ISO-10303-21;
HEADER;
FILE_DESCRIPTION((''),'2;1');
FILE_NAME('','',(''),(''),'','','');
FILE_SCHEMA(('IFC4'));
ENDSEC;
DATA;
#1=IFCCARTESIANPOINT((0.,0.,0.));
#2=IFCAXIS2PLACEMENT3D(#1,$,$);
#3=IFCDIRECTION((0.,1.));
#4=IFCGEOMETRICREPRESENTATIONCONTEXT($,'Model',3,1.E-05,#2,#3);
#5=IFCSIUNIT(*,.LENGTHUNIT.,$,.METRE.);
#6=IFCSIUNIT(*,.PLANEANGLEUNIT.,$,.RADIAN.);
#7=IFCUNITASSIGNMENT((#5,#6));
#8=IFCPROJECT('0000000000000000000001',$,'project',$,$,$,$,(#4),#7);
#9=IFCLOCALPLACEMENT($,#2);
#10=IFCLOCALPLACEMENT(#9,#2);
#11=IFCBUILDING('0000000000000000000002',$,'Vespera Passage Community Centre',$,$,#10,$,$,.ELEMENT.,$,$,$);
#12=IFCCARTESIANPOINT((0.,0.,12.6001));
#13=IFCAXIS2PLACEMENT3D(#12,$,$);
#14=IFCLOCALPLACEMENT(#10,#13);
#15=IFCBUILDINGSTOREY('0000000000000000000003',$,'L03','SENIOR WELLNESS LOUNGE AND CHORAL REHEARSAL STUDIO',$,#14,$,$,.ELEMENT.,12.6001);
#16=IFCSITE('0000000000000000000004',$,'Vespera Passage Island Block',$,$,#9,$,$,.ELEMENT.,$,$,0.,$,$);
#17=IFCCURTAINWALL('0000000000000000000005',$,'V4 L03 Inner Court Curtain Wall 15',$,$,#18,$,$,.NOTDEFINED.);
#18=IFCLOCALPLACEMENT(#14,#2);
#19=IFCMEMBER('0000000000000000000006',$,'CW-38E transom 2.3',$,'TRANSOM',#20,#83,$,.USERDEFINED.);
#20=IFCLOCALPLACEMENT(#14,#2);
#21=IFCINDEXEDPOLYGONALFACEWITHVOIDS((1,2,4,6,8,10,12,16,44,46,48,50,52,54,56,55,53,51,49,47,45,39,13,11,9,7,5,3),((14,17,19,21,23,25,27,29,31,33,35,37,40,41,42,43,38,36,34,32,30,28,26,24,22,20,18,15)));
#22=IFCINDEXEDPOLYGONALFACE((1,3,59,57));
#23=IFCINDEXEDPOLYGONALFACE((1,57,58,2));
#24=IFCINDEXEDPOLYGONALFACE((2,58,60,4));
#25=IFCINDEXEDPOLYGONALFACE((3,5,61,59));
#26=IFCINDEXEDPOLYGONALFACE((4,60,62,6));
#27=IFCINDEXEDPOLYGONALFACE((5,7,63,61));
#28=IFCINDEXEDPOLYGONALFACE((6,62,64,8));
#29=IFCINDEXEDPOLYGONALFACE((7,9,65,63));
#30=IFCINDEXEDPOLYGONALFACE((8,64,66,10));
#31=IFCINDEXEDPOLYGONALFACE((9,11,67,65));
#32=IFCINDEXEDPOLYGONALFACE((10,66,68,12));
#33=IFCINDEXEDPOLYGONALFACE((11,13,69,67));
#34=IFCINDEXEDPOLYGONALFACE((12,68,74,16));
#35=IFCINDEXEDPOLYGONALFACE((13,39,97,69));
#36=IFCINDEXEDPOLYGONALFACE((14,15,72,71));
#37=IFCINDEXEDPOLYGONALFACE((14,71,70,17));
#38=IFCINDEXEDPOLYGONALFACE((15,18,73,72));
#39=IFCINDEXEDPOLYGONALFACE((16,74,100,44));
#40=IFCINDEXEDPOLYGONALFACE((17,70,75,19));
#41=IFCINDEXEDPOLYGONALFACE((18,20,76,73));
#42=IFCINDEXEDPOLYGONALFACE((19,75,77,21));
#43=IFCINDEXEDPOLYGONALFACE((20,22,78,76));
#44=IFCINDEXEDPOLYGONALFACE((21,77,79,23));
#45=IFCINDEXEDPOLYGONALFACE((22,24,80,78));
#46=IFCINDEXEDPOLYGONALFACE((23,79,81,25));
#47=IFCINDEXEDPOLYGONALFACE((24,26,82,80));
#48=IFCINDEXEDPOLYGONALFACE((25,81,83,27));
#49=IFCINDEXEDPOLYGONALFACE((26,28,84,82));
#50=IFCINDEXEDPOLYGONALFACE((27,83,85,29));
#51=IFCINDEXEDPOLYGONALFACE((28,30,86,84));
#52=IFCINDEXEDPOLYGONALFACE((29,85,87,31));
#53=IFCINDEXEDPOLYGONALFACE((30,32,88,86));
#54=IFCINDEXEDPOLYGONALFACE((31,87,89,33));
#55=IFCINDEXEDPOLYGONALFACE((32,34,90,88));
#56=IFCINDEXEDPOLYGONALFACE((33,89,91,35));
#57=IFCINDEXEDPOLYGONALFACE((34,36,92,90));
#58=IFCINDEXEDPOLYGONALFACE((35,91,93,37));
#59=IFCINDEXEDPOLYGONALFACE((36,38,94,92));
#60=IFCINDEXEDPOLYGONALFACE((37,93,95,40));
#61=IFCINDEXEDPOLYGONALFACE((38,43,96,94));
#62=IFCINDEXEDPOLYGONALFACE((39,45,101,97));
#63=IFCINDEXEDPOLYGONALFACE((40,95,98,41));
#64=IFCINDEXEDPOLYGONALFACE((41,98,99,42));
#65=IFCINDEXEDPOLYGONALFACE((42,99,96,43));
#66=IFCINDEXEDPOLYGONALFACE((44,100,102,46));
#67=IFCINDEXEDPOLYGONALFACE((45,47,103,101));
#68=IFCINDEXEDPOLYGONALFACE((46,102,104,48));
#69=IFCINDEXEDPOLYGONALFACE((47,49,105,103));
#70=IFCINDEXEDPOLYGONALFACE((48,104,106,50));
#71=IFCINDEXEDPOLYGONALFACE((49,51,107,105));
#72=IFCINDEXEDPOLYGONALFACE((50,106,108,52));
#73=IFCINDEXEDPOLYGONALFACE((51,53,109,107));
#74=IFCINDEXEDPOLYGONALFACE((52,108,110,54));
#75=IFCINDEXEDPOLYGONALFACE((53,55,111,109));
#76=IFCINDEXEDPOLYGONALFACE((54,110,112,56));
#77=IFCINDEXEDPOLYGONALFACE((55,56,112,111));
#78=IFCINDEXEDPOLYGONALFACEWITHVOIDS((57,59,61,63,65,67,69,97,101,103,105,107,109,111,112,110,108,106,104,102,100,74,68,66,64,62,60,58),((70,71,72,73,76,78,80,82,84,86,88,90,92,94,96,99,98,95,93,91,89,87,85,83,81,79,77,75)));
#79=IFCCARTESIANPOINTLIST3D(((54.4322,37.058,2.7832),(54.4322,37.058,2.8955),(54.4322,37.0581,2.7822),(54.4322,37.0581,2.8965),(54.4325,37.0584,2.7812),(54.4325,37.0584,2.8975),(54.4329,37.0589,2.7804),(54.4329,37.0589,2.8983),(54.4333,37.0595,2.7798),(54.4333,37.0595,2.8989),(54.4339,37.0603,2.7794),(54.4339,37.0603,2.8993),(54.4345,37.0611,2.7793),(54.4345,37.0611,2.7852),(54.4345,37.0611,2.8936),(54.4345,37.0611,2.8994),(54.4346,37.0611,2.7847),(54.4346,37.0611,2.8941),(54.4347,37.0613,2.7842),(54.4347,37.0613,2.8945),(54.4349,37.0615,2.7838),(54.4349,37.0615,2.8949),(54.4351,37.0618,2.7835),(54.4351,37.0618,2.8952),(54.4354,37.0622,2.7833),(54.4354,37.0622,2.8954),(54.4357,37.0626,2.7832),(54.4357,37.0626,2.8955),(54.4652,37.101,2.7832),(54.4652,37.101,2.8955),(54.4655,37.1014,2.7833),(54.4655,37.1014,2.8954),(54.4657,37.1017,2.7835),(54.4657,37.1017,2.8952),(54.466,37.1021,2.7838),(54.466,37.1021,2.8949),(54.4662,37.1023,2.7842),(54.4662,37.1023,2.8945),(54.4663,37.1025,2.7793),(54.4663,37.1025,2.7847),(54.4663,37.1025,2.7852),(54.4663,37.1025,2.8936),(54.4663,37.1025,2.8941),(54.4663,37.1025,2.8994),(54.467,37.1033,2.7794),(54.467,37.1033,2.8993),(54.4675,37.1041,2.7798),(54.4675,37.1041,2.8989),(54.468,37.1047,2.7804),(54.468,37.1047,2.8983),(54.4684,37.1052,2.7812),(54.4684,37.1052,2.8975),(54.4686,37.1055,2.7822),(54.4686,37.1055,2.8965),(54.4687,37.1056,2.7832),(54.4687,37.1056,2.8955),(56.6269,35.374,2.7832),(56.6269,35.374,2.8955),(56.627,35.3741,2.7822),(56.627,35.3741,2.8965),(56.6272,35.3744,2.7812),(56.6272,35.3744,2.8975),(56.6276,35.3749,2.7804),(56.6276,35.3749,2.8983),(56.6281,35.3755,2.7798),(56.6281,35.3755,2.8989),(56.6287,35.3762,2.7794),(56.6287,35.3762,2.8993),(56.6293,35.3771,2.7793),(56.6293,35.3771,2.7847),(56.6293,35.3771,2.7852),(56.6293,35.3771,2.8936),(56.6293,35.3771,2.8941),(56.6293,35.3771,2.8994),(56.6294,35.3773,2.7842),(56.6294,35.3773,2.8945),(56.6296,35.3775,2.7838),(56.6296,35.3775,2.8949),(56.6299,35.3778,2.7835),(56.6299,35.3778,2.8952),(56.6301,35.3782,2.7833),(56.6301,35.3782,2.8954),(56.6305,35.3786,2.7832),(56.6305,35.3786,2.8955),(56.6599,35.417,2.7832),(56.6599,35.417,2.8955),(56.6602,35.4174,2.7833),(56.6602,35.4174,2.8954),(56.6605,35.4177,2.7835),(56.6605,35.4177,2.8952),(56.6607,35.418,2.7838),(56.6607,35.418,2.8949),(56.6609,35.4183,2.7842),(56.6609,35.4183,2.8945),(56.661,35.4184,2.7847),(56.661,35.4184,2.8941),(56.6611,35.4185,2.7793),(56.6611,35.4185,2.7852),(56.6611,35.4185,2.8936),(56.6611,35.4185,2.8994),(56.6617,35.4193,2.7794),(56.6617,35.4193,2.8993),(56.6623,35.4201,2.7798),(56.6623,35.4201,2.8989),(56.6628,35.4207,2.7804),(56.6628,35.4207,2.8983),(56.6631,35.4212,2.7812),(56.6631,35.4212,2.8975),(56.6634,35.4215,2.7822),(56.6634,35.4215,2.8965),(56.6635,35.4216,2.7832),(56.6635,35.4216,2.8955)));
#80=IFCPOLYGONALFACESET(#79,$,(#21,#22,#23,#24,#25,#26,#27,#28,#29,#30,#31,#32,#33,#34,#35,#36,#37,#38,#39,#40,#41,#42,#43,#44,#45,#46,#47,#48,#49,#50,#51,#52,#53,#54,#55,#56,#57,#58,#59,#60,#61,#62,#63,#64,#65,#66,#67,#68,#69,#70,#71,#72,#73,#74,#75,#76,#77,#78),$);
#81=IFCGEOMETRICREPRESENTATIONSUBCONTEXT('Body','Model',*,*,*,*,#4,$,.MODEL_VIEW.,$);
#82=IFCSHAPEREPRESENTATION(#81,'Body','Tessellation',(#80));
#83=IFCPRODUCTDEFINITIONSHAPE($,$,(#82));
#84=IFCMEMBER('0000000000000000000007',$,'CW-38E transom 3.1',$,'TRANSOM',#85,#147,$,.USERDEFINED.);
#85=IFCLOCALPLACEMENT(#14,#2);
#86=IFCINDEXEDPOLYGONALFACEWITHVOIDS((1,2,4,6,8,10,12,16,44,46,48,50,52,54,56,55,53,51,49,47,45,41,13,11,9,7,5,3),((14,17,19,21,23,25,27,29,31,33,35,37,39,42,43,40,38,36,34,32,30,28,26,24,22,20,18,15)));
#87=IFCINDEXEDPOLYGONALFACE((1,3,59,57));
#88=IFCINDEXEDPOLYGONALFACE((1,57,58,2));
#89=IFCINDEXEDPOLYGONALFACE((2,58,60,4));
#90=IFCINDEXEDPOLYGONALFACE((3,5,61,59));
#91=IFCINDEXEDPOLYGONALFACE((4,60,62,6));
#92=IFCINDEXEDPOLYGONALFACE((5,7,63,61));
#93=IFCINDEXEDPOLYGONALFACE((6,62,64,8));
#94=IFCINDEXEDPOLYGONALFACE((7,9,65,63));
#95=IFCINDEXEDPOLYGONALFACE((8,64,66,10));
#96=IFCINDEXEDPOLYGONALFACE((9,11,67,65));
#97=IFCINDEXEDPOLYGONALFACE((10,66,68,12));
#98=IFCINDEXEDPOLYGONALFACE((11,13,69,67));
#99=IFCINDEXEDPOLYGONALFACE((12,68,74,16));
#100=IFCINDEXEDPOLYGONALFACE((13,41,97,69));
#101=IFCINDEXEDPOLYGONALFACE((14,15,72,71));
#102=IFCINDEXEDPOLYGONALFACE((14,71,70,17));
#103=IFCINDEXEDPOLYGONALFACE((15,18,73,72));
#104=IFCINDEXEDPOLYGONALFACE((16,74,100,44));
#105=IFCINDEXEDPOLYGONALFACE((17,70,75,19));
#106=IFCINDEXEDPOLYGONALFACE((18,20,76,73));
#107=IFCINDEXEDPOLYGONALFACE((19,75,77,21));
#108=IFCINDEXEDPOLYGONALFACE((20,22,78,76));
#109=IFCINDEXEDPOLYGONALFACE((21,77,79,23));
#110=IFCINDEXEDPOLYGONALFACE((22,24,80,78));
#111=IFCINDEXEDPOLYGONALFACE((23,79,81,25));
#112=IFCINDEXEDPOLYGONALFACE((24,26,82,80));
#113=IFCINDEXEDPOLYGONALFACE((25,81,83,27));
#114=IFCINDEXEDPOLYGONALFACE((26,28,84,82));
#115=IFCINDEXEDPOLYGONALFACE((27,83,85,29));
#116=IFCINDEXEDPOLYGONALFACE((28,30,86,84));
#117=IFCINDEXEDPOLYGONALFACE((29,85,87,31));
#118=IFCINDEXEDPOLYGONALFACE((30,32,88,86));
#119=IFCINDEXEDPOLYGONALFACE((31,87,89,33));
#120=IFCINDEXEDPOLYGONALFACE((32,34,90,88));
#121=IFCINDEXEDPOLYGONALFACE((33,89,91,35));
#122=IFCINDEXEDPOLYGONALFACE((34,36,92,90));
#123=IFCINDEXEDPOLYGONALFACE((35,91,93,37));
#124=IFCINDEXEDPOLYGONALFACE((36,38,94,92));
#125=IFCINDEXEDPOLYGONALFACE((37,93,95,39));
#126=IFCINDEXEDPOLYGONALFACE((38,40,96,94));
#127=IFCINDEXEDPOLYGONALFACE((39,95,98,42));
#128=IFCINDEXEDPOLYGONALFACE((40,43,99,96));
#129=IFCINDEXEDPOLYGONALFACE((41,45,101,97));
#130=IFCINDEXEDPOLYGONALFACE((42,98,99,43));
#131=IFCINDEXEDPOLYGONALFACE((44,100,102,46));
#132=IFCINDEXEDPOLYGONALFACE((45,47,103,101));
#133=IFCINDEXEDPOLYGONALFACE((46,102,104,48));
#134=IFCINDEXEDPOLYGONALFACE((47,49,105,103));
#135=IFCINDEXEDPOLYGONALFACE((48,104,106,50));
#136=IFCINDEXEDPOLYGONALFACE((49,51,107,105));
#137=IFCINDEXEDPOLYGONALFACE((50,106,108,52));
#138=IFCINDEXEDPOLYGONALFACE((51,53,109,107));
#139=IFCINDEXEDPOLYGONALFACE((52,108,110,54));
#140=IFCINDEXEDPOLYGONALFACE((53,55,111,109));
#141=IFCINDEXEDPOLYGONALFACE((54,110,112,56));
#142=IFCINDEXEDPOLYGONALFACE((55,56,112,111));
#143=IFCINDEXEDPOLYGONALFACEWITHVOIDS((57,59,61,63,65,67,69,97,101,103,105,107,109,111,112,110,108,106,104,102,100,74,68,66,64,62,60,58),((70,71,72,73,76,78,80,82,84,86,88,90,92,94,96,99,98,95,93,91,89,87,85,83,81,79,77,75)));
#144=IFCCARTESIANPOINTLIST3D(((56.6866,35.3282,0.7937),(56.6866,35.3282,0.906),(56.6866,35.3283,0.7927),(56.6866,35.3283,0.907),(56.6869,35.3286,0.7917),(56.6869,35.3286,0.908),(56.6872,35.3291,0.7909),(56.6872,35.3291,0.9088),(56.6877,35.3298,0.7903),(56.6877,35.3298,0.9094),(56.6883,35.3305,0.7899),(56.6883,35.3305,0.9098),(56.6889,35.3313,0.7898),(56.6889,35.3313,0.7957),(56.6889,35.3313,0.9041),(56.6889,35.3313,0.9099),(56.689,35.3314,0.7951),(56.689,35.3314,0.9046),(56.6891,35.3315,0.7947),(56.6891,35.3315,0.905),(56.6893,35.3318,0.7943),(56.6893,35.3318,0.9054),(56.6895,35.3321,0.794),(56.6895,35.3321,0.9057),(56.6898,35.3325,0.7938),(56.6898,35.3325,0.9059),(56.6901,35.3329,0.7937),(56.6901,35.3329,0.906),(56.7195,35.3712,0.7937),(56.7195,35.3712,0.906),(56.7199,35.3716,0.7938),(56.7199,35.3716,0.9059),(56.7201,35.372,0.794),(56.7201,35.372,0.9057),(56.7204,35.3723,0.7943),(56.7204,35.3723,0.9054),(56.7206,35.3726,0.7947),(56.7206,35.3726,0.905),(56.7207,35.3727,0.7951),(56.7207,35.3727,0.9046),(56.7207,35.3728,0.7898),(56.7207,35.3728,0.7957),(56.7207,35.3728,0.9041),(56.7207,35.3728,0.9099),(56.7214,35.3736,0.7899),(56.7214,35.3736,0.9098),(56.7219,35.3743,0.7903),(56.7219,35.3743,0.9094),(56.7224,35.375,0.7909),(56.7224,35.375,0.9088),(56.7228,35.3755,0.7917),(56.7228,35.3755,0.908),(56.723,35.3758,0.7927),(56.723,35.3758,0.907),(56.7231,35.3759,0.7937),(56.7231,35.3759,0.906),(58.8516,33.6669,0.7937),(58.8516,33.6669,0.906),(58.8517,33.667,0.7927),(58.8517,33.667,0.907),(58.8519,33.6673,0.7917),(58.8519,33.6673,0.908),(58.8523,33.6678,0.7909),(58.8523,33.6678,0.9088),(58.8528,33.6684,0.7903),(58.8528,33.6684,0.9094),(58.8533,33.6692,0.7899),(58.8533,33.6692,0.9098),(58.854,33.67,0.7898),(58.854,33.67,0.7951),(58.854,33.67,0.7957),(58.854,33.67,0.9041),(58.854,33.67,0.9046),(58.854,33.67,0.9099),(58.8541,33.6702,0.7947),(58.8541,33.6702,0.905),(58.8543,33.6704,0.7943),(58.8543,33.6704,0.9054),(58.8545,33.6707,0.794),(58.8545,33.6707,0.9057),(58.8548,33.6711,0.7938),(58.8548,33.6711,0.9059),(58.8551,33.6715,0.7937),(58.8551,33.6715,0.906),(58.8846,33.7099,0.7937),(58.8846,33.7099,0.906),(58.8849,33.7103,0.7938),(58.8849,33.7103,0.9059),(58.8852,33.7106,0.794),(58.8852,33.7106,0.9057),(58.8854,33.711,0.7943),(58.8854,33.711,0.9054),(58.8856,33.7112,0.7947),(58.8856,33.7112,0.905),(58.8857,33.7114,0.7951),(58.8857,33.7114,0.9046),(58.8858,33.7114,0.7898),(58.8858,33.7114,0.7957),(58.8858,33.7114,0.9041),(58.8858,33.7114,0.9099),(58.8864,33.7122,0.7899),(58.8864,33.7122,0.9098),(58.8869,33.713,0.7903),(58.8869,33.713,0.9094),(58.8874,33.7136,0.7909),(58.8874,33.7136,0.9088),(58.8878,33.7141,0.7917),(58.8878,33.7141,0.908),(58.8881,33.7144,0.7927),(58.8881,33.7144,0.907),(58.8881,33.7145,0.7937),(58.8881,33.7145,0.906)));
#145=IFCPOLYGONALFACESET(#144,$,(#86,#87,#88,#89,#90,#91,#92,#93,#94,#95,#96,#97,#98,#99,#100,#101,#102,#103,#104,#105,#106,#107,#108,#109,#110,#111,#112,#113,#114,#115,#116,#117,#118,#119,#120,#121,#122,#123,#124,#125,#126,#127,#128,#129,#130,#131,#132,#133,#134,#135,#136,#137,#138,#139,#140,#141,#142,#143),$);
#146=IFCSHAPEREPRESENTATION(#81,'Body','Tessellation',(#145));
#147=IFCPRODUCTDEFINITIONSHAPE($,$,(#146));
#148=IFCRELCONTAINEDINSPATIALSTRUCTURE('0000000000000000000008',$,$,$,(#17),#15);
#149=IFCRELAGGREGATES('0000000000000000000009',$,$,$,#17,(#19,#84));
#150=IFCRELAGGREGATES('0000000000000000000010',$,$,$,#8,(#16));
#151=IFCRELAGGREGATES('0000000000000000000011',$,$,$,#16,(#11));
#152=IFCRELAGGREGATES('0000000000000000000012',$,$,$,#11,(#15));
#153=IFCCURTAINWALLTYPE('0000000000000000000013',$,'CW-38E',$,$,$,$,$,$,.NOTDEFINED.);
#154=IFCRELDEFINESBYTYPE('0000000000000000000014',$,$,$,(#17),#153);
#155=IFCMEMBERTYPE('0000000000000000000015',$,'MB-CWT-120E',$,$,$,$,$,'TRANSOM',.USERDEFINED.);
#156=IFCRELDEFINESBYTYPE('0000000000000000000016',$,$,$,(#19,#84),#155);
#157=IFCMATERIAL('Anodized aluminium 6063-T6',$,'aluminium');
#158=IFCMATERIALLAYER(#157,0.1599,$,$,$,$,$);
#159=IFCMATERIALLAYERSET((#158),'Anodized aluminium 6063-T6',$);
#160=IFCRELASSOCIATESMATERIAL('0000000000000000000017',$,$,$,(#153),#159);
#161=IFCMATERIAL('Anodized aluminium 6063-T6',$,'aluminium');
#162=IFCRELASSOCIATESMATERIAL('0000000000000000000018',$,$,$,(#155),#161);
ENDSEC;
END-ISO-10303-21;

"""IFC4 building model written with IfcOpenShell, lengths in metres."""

from ifc_helpers import new_model, si_unit, direction, frame, origin, origin_2d, place, context, subcontext, project, spatial, hollow_rectangle, extrude, material, layer, layer_set, material_profile, profile_set, type_object, element, aggregate, save


model = new_model("IFC4")

# Units and contexts
model_context = context("Model", 3, precision=1e-05, world=origin(), true_north=direction((0.0, 1.0)))
body_context = subcontext(model_context, "Body", "Model", "MODEL_VIEW")
ifc_project = project(units=[si_unit("LENGTHUNIT", "METRE"), si_unit("PLANEANGLEUNIT", "RADIAN")], contexts=[model_context])

# Site, building, storey
site_placement = place(None, origin())
site = spatial("IfcSite", under=ifc_project, at=site_placement, Name="Vespera Passage Island Block", CompositionType="ELEMENT", RefElevation=0.0)
building_placement = place(site_placement, origin())
building = spatial("IfcBuilding", under=site, at=building_placement, Name="Vespera Passage Community Centre", CompositionType="ELEMENT")
storey_placement = place(building_placement, frame((0.0, 0.0, 12.6001)))
storey = spatial("IfcBuildingStorey", under=building, at=storey_placement, Name="L03", Description="SENIOR WELLNESS LOUNGE AND CHORAL REHEARSAL STUDIO", CompositionType="ELEMENT", Elevation=12.6001)

# Curtain wall
ifc_material_1 = material(Name="Anodized aluminium 6063-T6", Category="aluminium")
ifc_layer_1 = layer(ifc_material_1, 0.1599)
ifc_layer_set_1 = layer_set([ifc_layer_1], Name="Anodized aluminium 6063-T6")
curtain_wall_type_1 = type_object("IfcCurtainWallType", Name="CW-38E", PredefinedType="NOTDEFINED", material=ifc_layer_set_1)
curtain_wall_1_placement = place(storey_placement, origin())
curtain_wall_1 = element("IfcCurtainWall", 1, at=curtain_wall_1_placement, inside=storey, type_object=curtain_wall_type_1, Name="V4 L03 Inner Court Curtain Wall 15", PredefinedType="NOTDEFINED")

# Members
ifc_material_2 = material(Name="Anodized aluminium 6063-T6", Category="aluminium")
ifc_material_profile_1 = material_profile(ifc_material_2, hollow_rectangle(XDim=0.0601, YDim=0.1201, WallThickness=0.0039, InnerFilletRadius=0.002, OuterFilletRadius=0.0039, at=origin_2d()), Name="ALU120X60X4")
ifc_profile_set_1 = profile_set([ifc_material_profile_1], Name="Anodized aluminium 6063-T6")
member_type_1 = type_object("IfcMemberType", Name="MB-CWT-120E", ElementType="TRANSOM", PredefinedType="USERDEFINED", material=ifc_profile_set_1)
member_1_placement = place(storey_placement, frame((54.4504, 37.0818, 2.8394), z_axis=(0.793365, -0.608746, 0.0), x_axis=(0.608746, 0.793365, 0.0)))
member_1 = element("IfcMember", 2, at=member_1_placement, type_object=member_type_1, Name="CW-38E transom 2.3", ObjectType="TRANSOM", PredefinedType="USERDEFINED", context=body_context, shape_type="SweptSolid", body=[
    extrude(hollow_rectangle(XDim=0.0601, YDim=0.1201, WallThickness=0.0039, InnerFilletRadius=0.002, OuterFilletRadius=0.0039, at=origin_2d()), origin(), (0.0, 0.0, 1.0), 2.7664),
])
member_2_placement = place(storey_placement, frame((56.7048, 35.3521, 0.8499), z_axis=(0.793338, -0.608781, 0.0), x_axis=(0.608781, 0.793338, 0.0)))
member_2 = element("IfcMember", 3, at=member_2_placement, type_object=member_type_1, Name="CW-38E transom 3.1", ObjectType="TRANSOM", PredefinedType="USERDEFINED", context=body_context, shape_type="SweptSolid", body=[
    extrude(hollow_rectangle(XDim=0.0601, YDim=0.1201, WallThickness=0.0039, InnerFilletRadius=0.002, OuterFilletRadius=0.0039, at=origin_2d()), origin(), (0.0, 0.0, 1.0), 2.729),
])

aggregate(curtain_wall_1, [member_1, member_2])

save(model, "model.ifc")
